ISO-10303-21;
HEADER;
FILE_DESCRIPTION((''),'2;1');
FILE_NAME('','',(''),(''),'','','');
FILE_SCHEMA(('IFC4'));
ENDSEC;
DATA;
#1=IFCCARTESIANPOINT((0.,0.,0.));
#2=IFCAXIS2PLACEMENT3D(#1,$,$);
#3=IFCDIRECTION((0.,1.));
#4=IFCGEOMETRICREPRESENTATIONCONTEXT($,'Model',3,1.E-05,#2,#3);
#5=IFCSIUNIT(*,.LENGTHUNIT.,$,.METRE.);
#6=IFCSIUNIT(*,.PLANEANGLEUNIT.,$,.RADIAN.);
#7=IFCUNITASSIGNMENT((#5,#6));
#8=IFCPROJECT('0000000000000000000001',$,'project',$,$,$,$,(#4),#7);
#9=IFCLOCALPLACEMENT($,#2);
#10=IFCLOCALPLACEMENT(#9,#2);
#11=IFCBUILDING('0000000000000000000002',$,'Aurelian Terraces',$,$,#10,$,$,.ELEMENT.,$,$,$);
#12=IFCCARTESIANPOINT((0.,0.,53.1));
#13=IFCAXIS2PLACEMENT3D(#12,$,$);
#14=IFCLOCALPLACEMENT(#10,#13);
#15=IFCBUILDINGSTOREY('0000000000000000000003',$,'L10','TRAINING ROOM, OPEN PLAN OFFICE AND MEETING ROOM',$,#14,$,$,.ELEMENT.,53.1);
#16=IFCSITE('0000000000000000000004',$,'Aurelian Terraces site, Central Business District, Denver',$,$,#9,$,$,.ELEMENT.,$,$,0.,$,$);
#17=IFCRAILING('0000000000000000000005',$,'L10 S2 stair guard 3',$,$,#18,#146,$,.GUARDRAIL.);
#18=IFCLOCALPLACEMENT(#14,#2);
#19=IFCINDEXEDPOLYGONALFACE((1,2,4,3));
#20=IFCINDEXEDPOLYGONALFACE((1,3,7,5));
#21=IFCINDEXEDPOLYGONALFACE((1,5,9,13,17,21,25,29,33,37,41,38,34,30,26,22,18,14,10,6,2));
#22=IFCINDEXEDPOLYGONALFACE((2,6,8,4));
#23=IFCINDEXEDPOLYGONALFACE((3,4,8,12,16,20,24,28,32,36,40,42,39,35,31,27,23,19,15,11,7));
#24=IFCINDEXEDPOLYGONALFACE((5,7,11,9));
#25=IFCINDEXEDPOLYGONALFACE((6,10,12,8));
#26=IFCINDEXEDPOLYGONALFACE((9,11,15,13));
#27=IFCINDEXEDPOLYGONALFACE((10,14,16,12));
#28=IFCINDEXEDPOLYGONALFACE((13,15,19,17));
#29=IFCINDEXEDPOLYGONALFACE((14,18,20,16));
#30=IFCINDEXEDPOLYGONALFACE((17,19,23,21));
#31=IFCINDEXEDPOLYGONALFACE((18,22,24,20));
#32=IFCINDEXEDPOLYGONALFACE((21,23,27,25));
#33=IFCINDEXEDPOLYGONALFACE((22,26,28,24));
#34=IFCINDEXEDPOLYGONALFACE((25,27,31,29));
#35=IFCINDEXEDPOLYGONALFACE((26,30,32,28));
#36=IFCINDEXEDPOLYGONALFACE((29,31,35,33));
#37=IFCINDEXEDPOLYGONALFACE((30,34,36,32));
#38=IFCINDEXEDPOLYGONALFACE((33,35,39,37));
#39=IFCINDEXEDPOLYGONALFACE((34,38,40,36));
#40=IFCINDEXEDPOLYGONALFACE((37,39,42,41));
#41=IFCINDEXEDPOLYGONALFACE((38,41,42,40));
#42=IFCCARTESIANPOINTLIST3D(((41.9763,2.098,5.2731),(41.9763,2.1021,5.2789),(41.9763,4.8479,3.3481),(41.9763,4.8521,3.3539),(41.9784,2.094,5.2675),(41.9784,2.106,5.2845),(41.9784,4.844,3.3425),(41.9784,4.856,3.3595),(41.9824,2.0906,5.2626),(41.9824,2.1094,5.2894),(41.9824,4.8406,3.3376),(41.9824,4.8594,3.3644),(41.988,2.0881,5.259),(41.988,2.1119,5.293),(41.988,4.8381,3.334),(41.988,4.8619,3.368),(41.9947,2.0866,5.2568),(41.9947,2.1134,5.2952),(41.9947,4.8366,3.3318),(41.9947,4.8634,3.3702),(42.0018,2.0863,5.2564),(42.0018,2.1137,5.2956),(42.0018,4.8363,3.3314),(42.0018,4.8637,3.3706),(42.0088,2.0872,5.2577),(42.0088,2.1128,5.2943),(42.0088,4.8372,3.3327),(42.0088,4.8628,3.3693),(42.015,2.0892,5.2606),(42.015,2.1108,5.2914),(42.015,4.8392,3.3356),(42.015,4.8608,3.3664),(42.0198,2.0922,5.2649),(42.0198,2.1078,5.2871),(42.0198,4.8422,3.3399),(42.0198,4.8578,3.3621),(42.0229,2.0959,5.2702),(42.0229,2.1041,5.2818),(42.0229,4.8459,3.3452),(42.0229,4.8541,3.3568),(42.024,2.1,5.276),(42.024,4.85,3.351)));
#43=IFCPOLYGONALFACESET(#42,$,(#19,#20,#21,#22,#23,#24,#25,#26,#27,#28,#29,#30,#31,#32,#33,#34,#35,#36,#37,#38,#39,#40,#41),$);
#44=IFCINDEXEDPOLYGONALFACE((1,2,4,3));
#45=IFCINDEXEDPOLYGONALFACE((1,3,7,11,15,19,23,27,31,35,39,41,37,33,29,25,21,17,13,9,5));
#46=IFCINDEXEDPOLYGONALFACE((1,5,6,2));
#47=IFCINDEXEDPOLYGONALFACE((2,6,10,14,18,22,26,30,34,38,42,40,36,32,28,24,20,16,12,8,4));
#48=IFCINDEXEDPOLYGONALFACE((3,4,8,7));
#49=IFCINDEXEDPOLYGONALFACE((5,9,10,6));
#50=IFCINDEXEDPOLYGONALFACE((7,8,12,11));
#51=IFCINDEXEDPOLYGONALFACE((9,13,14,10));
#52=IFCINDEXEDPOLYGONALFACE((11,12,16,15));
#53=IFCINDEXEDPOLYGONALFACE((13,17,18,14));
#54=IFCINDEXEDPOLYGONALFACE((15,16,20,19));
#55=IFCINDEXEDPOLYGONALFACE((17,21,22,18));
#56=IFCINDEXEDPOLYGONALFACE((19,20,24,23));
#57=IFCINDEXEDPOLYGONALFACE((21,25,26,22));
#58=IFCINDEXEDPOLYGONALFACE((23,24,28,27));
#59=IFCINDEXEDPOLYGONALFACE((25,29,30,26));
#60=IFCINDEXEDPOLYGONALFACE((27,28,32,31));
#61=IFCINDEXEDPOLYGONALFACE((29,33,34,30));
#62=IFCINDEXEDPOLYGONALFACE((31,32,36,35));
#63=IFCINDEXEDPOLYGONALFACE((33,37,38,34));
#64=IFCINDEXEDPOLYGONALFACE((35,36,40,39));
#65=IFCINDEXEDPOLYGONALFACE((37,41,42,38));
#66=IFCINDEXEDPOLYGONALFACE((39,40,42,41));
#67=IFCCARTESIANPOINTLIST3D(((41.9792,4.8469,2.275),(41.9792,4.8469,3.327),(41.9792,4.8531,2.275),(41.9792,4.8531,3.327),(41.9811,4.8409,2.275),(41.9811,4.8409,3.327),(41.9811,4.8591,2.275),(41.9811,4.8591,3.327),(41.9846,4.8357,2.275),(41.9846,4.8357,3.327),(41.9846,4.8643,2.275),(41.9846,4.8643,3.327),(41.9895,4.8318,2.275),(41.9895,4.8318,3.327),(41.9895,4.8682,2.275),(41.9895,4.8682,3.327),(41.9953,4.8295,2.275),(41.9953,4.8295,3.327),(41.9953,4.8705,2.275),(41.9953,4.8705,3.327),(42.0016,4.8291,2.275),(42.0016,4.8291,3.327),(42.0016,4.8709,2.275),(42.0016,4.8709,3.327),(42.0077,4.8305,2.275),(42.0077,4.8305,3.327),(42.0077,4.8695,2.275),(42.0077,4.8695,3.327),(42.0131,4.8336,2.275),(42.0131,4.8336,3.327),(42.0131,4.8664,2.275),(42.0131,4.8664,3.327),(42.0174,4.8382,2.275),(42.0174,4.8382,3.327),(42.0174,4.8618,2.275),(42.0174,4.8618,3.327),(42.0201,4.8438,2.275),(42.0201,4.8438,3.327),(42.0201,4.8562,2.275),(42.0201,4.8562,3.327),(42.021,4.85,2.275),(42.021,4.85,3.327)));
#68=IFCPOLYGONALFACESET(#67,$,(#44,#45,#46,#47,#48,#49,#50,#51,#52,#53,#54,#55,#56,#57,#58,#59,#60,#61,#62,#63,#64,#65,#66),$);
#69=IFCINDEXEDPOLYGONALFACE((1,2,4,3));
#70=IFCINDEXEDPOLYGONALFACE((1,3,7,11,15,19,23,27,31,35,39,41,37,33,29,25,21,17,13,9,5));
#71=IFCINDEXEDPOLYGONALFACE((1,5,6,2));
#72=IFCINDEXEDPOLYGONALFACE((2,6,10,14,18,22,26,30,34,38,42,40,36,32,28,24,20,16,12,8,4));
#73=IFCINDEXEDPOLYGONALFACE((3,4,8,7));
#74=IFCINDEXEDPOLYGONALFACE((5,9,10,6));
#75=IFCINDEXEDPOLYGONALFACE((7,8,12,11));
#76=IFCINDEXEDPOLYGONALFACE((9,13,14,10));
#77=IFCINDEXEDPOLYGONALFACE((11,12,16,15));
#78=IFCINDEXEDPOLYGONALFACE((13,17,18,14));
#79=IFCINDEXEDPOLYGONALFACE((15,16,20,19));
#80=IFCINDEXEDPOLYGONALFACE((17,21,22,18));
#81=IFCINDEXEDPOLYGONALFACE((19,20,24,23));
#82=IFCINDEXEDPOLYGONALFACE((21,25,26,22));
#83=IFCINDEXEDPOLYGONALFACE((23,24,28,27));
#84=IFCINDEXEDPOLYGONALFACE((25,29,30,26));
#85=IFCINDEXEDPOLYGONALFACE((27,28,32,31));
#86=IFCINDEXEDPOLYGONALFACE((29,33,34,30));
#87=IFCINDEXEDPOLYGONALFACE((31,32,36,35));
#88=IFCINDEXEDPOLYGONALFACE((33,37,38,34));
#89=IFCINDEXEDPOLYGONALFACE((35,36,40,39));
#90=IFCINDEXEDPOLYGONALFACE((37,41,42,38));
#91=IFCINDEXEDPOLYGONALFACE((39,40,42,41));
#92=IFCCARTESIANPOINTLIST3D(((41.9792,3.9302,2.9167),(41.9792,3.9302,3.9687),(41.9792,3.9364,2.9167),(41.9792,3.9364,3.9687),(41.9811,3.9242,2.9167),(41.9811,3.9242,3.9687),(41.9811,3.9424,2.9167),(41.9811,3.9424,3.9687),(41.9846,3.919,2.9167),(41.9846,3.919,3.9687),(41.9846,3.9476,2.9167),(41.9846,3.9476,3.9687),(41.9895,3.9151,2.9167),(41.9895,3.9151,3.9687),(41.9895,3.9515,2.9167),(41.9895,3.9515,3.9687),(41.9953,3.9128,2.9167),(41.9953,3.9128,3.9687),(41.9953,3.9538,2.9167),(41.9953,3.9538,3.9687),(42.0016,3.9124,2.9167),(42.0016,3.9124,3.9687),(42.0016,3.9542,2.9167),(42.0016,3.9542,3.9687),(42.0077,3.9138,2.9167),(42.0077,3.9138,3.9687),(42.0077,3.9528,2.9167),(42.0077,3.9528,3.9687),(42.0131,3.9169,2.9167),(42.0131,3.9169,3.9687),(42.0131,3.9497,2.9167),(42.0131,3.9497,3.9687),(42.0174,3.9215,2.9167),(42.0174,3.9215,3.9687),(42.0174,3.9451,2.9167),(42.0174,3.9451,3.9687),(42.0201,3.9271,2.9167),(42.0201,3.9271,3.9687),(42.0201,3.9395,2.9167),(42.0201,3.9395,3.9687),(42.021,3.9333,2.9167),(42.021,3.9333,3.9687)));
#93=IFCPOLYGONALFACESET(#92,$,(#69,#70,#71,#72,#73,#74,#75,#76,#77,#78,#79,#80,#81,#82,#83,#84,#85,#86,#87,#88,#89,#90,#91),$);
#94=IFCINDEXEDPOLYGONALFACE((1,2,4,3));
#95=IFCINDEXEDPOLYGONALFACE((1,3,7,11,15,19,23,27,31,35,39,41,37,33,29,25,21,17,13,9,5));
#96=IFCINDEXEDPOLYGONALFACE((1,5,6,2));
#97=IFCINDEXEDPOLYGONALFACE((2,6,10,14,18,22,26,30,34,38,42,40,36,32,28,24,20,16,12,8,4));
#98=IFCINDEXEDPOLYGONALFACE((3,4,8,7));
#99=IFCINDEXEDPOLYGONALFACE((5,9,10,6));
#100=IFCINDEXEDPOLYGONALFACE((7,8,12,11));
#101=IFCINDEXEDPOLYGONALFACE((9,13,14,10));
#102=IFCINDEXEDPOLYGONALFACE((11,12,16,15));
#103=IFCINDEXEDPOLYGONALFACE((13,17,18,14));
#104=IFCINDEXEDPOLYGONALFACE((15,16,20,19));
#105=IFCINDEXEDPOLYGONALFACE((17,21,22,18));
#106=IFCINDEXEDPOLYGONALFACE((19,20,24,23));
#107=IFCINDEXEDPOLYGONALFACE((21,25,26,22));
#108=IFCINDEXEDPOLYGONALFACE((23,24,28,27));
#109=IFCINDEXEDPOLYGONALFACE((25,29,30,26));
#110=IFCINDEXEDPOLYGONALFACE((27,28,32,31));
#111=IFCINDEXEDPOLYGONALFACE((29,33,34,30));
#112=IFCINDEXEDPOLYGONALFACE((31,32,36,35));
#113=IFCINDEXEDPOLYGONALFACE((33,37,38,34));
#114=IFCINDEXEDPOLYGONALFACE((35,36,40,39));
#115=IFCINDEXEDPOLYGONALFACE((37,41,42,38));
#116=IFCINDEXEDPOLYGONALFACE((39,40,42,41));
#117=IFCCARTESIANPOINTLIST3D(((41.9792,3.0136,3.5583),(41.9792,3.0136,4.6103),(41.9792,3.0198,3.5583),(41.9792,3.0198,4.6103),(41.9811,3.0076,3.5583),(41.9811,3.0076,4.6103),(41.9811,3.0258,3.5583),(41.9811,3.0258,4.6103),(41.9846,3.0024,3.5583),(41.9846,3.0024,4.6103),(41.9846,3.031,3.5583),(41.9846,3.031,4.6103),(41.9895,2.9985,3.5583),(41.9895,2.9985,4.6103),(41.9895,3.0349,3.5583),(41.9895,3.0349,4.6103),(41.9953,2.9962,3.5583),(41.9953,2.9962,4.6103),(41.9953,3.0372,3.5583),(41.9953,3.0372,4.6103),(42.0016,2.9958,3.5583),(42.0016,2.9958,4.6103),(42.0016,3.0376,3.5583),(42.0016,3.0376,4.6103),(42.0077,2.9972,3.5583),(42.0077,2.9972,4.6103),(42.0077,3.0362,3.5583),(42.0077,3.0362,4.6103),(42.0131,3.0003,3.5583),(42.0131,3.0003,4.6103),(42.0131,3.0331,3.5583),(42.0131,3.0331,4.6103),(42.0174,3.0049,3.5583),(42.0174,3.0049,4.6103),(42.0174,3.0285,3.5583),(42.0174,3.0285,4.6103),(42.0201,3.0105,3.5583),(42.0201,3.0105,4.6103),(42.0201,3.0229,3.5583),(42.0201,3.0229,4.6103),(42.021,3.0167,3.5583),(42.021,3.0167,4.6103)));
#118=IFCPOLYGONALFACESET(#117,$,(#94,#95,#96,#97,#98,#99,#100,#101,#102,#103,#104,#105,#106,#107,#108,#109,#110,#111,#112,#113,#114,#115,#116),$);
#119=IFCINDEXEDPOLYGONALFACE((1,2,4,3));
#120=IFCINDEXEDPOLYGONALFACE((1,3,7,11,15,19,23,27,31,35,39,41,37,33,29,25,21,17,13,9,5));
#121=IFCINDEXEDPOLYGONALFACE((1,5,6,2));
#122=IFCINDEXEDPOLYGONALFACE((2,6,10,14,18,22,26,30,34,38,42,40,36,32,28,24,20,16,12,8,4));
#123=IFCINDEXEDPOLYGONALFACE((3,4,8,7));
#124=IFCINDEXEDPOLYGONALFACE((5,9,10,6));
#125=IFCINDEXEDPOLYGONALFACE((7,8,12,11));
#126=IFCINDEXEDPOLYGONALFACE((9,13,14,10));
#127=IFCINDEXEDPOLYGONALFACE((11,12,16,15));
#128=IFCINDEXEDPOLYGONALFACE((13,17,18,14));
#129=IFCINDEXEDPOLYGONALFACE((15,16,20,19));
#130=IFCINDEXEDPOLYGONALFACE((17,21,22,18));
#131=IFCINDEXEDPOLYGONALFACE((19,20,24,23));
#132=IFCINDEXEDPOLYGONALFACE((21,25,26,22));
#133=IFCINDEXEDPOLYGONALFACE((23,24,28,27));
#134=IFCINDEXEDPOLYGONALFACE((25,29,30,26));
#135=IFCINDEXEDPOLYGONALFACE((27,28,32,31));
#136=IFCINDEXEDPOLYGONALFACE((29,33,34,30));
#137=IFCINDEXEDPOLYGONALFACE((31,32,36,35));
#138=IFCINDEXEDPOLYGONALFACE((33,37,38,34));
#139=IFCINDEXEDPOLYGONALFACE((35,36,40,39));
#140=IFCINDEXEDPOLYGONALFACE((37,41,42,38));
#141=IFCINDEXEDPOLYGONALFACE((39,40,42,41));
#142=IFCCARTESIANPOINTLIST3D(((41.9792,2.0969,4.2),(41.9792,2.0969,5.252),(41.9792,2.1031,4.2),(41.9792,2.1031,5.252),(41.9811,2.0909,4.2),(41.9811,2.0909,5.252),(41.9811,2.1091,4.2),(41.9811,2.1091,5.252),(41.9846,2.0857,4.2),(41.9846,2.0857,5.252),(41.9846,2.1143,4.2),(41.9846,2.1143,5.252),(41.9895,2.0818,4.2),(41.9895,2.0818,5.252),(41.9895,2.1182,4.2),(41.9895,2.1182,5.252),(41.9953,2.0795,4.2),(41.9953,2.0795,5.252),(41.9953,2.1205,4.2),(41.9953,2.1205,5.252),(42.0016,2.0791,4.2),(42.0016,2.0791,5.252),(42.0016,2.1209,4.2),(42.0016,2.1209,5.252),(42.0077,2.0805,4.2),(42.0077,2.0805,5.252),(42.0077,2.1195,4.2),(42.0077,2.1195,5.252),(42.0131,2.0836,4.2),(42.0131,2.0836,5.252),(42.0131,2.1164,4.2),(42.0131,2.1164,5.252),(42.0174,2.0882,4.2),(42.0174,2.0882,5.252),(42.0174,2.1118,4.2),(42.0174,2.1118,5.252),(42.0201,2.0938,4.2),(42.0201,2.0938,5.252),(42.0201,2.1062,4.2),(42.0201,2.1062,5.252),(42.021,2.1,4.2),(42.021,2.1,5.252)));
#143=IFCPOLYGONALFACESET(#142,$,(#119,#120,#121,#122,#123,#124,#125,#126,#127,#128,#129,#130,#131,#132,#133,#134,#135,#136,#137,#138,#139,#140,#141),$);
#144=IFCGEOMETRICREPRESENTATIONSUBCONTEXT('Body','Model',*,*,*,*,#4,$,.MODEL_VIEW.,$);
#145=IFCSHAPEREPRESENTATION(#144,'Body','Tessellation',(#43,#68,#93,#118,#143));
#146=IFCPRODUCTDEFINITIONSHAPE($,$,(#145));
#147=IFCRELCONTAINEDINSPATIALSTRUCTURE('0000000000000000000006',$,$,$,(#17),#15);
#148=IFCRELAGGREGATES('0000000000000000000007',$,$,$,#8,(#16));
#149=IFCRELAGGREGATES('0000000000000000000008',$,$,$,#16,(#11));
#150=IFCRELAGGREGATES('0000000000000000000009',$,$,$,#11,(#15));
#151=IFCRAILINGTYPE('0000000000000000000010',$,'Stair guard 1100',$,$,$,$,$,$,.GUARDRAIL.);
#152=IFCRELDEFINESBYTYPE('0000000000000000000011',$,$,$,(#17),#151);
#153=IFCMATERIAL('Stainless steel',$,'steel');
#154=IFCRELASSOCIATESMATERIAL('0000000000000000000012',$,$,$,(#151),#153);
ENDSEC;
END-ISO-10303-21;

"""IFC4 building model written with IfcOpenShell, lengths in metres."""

from ifc_helpers import new_model, si_unit, direction, frame, origin, origin_2d, place, context, subcontext, project, spatial, circle, extrude, source, transform, mapped, material, type_object, element, save


model = new_model("IFC4")

# Units and contexts
model_context = context("Model", 3, precision=1e-05, world=origin(), true_north=direction((0.0, 1.0)))
body_context = subcontext(model_context, "Body", "Model", "MODEL_VIEW")
ifc_project = project(units=[si_unit("LENGTHUNIT", "METRE"), si_unit("PLANEANGLEUNIT", "RADIAN")], contexts=[model_context])

# Site, building, storey
site_placement = place(None, origin())
site = spatial("IfcSite", under=ifc_project, at=site_placement, Name="Aurelian Terraces site, Central Business District, Denver", CompositionType="ELEMENT", RefElevation=0.0)
building_placement = place(site_placement, origin())
building = spatial("IfcBuilding", under=site, at=building_placement, Name="Aurelian Terraces", CompositionType="ELEMENT")
storey_placement = place(building_placement, frame((0.0, 0.0, 53.1)))
storey = spatial("IfcBuildingStorey", under=building, at=storey_placement, Name="L10", Description="TRAINING ROOM, OPEN PLAN OFFICE AND MEETING ROOM", CompositionType="ELEMENT", Elevation=53.1)

# Railing
ifc_material_1 = material(Name="Stainless steel", Category="steel")
railing_type_1 = type_object("IfcRailingType", Name="Stair guard 1100", PredefinedType="GUARDRAIL", material=ifc_material_1)
shared_shape_1 = source(origin(), body_context, "Body", "SweptSolid", [
    extrude(circle(Radius=0.024, at=origin_2d()), frame((0.0, 0.0, 1.076), z_axis=(0.0, -0.819232, 0.573462), x_axis=(1.0, 0.0, 0.0)), (0.0, 0.0, 1.0), 3.3568),
    extrude(circle(Radius=0.021, at=origin_2d()), origin(), (0.0, 0.0, 1.0), 1.052),
    extrude(circle(Radius=0.021, at=origin_2d()), frame((0.0, -0.9167, 0.6417)), (0.0, 0.0, 1.0), 1.052),
    extrude(circle(Radius=0.021, at=origin_2d()), frame((0.0, -1.8333, 1.2833)), (0.0, 0.0, 1.0), 1.052),
    extrude(circle(Radius=0.021, at=origin_2d()), frame((0.0, -2.75, 1.925)), (0.0, 0.0, 1.0), 1.052),
])
railing_1_placement = place(storey_placement, frame((42.0, 4.85, 2.275)))
element("IfcRailing", 1, at=railing_1_placement, inside=storey, type_object=railing_type_1, Name="L10 S2 stair guard 3", PredefinedType="GUARDRAIL", context=body_context, shape_type="MappedRepresentation", body=[
    mapped(shared_shape_1, transform((0.0, 0.0, 0.0), scale=1.0)),
])

save(model, "model.ifc")
